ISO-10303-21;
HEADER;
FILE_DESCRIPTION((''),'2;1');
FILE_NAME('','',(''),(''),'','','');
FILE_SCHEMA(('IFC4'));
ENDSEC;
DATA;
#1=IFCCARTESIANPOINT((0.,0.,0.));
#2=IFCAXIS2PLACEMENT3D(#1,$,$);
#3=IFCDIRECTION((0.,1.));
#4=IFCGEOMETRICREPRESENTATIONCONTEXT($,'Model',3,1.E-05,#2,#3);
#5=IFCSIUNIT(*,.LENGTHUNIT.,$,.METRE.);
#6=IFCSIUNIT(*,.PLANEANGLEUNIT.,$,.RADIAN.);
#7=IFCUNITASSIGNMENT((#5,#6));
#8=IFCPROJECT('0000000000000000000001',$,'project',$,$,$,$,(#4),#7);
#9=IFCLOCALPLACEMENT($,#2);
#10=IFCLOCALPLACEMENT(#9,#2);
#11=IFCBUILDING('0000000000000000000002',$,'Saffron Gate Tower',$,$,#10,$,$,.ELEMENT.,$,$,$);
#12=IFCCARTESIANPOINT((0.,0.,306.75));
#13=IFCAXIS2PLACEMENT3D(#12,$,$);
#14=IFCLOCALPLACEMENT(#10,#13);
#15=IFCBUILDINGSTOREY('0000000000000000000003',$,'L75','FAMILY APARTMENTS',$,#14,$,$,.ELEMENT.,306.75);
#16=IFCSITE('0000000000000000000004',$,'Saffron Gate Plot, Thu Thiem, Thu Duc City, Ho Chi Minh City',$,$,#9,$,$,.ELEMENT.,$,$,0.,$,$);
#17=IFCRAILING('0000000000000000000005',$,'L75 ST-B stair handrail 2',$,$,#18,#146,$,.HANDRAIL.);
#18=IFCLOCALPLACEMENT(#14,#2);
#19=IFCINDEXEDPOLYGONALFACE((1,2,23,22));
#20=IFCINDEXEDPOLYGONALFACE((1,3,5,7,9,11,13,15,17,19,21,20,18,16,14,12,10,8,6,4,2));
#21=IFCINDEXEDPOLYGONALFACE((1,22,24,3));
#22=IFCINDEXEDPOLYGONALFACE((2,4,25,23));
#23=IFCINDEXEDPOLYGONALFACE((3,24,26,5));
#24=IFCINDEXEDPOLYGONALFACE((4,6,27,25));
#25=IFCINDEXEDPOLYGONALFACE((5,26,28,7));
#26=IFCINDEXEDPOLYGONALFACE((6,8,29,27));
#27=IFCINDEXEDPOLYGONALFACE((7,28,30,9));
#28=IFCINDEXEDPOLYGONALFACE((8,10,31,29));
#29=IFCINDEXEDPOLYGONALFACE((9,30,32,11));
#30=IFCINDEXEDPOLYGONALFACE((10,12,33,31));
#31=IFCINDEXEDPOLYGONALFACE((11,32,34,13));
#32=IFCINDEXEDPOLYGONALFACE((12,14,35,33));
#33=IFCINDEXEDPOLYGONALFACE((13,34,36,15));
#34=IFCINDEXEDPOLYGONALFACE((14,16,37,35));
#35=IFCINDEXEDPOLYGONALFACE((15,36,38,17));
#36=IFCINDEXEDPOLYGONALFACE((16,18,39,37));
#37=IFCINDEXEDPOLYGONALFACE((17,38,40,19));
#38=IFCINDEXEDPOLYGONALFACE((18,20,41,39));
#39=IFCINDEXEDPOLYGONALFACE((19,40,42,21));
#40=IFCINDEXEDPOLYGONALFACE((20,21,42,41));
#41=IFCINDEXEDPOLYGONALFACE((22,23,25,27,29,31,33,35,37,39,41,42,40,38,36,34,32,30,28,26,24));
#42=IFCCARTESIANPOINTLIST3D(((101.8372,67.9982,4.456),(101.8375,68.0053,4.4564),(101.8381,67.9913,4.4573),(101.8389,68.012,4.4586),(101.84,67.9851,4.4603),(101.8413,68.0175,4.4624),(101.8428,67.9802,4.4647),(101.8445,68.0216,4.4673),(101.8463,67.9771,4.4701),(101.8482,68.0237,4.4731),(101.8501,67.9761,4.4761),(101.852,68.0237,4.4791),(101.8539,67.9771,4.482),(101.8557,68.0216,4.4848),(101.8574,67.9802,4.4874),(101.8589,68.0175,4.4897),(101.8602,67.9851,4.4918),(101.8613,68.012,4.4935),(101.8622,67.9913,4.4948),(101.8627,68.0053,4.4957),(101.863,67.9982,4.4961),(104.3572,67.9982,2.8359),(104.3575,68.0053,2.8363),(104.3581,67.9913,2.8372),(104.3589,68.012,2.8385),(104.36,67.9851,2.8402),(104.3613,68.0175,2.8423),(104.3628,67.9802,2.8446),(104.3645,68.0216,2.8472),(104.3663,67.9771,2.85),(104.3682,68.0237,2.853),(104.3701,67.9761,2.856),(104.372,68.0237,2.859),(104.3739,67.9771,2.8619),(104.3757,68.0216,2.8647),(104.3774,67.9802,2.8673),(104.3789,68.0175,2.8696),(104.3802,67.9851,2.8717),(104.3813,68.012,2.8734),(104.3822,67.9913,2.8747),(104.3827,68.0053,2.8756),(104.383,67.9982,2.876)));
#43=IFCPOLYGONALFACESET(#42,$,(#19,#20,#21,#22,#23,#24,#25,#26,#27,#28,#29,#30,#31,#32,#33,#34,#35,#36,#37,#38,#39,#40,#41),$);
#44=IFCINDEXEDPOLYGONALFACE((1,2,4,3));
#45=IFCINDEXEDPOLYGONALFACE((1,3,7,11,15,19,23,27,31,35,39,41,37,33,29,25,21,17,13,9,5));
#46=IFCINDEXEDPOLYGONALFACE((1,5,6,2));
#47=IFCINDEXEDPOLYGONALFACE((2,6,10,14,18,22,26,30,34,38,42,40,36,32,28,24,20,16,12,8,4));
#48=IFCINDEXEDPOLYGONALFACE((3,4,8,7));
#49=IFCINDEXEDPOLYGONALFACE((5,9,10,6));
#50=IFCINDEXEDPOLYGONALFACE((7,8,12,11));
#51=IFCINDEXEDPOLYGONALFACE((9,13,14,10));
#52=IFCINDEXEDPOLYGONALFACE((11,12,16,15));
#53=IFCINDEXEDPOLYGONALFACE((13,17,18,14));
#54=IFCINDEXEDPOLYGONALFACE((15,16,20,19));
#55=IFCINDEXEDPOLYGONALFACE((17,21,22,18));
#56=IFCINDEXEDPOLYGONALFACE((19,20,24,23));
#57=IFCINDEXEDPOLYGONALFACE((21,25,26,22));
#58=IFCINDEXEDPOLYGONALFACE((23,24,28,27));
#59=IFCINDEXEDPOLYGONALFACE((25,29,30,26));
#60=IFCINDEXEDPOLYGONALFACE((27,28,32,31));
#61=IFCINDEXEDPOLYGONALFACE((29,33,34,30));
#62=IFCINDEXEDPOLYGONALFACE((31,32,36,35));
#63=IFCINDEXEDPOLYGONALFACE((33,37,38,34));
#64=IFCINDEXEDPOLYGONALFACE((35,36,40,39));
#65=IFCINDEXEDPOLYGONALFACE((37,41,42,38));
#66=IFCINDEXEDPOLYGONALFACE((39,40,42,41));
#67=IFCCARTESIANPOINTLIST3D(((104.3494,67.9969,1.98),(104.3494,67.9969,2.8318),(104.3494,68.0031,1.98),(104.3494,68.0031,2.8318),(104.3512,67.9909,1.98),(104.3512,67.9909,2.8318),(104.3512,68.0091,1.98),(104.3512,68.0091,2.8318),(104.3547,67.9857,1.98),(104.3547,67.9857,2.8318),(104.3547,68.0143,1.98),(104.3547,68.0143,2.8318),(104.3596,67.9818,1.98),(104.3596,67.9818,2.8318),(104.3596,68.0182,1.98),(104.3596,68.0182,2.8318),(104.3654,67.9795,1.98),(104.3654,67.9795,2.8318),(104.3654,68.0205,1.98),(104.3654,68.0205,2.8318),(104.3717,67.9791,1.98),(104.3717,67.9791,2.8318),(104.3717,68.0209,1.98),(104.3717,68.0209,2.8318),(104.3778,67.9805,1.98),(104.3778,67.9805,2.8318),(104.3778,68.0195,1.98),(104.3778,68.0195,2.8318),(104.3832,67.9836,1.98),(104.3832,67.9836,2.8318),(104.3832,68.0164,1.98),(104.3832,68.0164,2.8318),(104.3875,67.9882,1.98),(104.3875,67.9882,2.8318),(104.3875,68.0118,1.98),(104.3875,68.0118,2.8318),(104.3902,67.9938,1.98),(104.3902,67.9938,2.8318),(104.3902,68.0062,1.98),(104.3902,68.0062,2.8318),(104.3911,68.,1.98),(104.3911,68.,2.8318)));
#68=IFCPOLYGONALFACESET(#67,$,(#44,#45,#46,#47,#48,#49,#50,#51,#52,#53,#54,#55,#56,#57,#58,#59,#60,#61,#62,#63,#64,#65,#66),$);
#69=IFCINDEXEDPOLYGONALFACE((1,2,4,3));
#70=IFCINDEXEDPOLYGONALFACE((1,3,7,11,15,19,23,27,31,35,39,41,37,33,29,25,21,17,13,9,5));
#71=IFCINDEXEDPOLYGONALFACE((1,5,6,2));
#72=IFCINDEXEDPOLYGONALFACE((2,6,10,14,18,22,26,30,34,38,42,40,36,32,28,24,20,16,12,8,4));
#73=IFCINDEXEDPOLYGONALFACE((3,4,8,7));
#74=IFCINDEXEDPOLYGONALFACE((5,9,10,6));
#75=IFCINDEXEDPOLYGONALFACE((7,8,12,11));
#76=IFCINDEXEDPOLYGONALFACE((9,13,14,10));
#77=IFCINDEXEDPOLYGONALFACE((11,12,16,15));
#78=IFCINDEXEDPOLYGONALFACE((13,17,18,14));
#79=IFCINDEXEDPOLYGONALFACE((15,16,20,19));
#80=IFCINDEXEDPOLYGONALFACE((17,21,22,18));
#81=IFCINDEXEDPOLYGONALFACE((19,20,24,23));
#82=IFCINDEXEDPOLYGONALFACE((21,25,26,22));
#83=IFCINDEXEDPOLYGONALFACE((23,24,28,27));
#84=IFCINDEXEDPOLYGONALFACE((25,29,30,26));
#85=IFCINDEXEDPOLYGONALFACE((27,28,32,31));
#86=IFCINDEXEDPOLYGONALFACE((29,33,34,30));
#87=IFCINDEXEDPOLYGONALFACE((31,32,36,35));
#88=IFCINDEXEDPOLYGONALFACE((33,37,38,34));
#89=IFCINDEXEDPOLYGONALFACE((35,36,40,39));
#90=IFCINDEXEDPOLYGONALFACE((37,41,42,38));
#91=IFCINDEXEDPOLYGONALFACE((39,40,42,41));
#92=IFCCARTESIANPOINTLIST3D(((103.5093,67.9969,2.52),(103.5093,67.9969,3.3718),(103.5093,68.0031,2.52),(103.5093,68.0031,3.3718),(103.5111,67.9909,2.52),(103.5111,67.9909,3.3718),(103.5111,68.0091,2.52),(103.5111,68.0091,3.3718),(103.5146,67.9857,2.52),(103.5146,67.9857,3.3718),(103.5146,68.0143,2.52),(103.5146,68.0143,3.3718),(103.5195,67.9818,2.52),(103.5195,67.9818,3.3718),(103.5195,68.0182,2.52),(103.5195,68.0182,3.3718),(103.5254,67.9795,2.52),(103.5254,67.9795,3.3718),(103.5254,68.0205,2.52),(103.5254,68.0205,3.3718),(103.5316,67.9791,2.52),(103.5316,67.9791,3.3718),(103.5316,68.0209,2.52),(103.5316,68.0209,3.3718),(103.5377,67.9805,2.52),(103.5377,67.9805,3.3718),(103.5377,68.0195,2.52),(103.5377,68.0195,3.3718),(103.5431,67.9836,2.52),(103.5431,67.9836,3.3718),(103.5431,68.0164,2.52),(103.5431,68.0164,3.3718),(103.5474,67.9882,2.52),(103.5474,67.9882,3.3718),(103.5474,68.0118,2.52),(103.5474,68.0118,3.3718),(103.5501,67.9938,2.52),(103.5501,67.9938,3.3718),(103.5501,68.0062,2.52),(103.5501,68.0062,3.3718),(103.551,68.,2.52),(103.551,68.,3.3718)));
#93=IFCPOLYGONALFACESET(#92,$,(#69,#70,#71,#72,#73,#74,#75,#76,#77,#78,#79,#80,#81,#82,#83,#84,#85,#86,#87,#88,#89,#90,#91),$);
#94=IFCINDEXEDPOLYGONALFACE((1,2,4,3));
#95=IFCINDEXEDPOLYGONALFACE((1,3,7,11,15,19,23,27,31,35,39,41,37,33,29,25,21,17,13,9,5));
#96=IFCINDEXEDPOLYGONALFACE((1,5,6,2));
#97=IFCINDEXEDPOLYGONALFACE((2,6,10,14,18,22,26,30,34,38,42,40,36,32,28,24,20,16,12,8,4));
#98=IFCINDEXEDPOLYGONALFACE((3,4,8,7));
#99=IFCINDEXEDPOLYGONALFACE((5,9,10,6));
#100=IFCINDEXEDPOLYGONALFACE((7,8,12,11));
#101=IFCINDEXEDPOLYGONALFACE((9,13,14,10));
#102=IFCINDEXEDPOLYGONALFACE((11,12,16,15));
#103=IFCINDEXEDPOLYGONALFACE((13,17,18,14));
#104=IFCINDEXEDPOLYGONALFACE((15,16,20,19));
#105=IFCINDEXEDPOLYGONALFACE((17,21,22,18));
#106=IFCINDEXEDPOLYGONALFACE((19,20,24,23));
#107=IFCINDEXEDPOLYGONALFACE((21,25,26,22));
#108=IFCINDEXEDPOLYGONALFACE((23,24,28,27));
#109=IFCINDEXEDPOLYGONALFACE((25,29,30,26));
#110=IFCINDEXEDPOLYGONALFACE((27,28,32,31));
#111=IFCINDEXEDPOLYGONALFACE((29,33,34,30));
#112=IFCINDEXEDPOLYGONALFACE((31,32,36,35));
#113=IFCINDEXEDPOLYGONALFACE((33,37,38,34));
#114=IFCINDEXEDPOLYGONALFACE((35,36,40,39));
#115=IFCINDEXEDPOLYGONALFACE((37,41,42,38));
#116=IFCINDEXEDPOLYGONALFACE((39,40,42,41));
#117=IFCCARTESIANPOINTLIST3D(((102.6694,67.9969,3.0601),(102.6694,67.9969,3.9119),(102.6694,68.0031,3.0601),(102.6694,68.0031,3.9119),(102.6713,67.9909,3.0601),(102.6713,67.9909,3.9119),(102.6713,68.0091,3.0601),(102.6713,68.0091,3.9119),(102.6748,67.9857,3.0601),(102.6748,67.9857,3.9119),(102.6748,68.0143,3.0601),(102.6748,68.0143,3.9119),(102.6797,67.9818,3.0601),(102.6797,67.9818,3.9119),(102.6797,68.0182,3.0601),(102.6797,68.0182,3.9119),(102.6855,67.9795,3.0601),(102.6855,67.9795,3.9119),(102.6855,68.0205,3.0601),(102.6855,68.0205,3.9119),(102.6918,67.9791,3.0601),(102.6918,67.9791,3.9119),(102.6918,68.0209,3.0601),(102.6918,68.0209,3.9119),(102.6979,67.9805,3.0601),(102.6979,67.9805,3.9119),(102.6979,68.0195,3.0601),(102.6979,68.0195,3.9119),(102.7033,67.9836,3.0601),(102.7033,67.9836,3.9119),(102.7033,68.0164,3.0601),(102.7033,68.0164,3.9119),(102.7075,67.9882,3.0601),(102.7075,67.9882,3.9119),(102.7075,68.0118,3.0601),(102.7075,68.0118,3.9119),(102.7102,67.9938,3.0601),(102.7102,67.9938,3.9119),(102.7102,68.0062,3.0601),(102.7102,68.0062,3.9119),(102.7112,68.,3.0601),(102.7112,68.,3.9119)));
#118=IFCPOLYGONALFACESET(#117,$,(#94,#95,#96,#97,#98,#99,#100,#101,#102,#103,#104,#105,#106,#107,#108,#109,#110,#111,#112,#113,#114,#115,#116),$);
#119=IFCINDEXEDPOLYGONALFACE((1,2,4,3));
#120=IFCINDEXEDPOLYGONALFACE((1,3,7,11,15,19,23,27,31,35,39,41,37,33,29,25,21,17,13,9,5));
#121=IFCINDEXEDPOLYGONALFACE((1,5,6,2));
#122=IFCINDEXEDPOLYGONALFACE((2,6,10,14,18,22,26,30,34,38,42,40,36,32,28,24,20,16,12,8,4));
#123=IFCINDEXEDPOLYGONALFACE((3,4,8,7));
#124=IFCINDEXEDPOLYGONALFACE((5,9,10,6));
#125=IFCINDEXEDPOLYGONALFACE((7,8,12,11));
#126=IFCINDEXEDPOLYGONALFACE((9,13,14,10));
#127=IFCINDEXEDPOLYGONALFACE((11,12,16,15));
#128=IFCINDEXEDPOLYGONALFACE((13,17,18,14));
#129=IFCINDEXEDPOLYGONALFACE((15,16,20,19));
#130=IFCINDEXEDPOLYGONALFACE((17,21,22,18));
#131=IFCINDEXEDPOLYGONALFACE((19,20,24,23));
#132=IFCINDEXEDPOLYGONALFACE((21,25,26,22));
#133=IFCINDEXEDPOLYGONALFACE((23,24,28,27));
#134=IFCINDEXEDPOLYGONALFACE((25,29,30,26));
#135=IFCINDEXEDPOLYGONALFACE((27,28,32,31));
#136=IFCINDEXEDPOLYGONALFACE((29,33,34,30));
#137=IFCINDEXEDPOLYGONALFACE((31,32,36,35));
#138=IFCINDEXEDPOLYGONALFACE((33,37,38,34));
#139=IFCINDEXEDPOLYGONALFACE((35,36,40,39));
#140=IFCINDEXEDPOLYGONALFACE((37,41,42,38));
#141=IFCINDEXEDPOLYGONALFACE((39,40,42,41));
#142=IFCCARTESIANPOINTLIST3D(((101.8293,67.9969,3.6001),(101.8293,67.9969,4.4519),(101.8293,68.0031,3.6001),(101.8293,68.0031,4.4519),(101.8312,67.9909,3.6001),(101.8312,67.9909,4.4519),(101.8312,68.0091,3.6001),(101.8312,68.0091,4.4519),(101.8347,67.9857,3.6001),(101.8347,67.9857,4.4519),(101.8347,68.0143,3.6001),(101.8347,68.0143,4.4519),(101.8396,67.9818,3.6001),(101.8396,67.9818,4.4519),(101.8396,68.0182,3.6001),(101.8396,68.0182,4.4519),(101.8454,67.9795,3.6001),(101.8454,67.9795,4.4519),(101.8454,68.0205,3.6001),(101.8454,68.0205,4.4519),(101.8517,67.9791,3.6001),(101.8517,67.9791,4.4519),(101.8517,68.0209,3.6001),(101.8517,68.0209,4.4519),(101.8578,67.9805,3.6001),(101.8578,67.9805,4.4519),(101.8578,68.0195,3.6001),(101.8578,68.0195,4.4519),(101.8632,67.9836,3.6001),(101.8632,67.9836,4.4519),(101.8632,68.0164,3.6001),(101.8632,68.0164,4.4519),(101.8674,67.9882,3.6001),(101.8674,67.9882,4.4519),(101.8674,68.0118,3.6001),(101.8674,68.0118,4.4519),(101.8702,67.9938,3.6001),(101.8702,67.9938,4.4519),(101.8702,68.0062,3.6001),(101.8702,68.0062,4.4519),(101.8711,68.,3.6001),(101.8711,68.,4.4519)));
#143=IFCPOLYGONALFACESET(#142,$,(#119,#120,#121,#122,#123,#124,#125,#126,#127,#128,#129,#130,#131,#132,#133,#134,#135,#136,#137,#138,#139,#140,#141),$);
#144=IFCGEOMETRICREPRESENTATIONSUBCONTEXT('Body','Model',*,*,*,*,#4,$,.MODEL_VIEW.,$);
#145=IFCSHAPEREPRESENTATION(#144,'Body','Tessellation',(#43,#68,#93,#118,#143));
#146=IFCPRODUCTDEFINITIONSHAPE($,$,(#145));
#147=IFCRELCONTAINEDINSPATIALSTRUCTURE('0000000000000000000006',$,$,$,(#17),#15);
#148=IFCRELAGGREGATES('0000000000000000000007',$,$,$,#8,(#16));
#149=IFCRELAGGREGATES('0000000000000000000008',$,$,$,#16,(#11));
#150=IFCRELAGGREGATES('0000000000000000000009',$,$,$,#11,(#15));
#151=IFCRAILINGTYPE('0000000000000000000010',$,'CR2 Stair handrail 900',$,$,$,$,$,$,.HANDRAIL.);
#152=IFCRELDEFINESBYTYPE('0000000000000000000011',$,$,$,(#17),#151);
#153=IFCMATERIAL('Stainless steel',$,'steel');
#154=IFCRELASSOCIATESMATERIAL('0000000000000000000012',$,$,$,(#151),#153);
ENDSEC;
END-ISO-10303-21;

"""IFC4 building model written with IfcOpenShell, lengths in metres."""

from ifc_helpers import new_model, si_unit, direction, frame, origin, origin_2d, place, context, subcontext, project, spatial, circle, extrude, material, type_object, element, save


model = new_model("IFC4")

# Units and contexts
model_context = context("Model", 3, precision=1e-05, world=origin(), true_north=direction((0.0, 1.0)))
body_context = subcontext(model_context, "Body", "Model", "MODEL_VIEW")
ifc_project = project(units=[si_unit("LENGTHUNIT", "METRE"), si_unit("PLANEANGLEUNIT", "RADIAN")], contexts=[model_context])

# Site, building, storey
site_placement = place(None, origin())
site = spatial("IfcSite", under=ifc_project, at=site_placement, Name="Saffron Gate Plot, Thu Thiem, Thu Duc City, Ho Chi Minh City", CompositionType="ELEMENT", RefElevation=0.0)
building_placement = place(site_placement, origin())
building = spatial("IfcBuilding", under=site, at=building_placement, Name="Saffron Gate Tower", CompositionType="ELEMENT")
storey_placement = place(building_placement, frame((0.0, 0.0, 306.75)))
storey = spatial("IfcBuildingStorey", under=building, at=storey_placement, Name="L75", Description="FAMILY APARTMENTS", CompositionType="ELEMENT", Elevation=306.75)

# Railing
ifc_material_1 = material(Name="Stainless steel", Category="steel")
railing_type_1 = type_object("IfcRailingType", Name="CR2 Stair handrail 900", PredefinedType="HANDRAIL", material=ifc_material_1)
railing_1_placement = place(storey_placement, frame((104.3701, 68.0, 1.98)))
element("IfcRailing", 1, at=railing_1_placement, inside=storey, type_object=railing_type_1, Name="L75 ST-B stair handrail 2", PredefinedType="HANDRAIL", context=body_context, shape_type="SweptSolid", body=[
    extrude(circle(Radius=0.0239, at=origin_2d()), frame((0.0, 0.0, 0.876), z_axis=(-0.841163, 0.0, 0.540782), x_axis=(0.0, -1.0, 0.0)), (0.0, 0.0, 1.0), 2.9958),
    extrude(circle(Radius=0.021, at=origin_2d()), origin(), (0.0, 0.0, 1.0), 0.8518),
    extrude(circle(Radius=0.021, at=origin_2d()), frame((-0.8401, 0.0, 0.54)), (0.0, 0.0, 1.0), 0.8518),
    extrude(circle(Radius=0.021, at=origin_2d()), frame((-1.6799, 0.0, 1.0801)), (0.0, 0.0, 1.0), 0.8518),
    extrude(circle(Radius=0.021, at=origin_2d()), frame((-2.52, 0.0, 1.6201)), (0.0, 0.0, 1.0), 0.8518),
])

save(model, "model.ifc")
